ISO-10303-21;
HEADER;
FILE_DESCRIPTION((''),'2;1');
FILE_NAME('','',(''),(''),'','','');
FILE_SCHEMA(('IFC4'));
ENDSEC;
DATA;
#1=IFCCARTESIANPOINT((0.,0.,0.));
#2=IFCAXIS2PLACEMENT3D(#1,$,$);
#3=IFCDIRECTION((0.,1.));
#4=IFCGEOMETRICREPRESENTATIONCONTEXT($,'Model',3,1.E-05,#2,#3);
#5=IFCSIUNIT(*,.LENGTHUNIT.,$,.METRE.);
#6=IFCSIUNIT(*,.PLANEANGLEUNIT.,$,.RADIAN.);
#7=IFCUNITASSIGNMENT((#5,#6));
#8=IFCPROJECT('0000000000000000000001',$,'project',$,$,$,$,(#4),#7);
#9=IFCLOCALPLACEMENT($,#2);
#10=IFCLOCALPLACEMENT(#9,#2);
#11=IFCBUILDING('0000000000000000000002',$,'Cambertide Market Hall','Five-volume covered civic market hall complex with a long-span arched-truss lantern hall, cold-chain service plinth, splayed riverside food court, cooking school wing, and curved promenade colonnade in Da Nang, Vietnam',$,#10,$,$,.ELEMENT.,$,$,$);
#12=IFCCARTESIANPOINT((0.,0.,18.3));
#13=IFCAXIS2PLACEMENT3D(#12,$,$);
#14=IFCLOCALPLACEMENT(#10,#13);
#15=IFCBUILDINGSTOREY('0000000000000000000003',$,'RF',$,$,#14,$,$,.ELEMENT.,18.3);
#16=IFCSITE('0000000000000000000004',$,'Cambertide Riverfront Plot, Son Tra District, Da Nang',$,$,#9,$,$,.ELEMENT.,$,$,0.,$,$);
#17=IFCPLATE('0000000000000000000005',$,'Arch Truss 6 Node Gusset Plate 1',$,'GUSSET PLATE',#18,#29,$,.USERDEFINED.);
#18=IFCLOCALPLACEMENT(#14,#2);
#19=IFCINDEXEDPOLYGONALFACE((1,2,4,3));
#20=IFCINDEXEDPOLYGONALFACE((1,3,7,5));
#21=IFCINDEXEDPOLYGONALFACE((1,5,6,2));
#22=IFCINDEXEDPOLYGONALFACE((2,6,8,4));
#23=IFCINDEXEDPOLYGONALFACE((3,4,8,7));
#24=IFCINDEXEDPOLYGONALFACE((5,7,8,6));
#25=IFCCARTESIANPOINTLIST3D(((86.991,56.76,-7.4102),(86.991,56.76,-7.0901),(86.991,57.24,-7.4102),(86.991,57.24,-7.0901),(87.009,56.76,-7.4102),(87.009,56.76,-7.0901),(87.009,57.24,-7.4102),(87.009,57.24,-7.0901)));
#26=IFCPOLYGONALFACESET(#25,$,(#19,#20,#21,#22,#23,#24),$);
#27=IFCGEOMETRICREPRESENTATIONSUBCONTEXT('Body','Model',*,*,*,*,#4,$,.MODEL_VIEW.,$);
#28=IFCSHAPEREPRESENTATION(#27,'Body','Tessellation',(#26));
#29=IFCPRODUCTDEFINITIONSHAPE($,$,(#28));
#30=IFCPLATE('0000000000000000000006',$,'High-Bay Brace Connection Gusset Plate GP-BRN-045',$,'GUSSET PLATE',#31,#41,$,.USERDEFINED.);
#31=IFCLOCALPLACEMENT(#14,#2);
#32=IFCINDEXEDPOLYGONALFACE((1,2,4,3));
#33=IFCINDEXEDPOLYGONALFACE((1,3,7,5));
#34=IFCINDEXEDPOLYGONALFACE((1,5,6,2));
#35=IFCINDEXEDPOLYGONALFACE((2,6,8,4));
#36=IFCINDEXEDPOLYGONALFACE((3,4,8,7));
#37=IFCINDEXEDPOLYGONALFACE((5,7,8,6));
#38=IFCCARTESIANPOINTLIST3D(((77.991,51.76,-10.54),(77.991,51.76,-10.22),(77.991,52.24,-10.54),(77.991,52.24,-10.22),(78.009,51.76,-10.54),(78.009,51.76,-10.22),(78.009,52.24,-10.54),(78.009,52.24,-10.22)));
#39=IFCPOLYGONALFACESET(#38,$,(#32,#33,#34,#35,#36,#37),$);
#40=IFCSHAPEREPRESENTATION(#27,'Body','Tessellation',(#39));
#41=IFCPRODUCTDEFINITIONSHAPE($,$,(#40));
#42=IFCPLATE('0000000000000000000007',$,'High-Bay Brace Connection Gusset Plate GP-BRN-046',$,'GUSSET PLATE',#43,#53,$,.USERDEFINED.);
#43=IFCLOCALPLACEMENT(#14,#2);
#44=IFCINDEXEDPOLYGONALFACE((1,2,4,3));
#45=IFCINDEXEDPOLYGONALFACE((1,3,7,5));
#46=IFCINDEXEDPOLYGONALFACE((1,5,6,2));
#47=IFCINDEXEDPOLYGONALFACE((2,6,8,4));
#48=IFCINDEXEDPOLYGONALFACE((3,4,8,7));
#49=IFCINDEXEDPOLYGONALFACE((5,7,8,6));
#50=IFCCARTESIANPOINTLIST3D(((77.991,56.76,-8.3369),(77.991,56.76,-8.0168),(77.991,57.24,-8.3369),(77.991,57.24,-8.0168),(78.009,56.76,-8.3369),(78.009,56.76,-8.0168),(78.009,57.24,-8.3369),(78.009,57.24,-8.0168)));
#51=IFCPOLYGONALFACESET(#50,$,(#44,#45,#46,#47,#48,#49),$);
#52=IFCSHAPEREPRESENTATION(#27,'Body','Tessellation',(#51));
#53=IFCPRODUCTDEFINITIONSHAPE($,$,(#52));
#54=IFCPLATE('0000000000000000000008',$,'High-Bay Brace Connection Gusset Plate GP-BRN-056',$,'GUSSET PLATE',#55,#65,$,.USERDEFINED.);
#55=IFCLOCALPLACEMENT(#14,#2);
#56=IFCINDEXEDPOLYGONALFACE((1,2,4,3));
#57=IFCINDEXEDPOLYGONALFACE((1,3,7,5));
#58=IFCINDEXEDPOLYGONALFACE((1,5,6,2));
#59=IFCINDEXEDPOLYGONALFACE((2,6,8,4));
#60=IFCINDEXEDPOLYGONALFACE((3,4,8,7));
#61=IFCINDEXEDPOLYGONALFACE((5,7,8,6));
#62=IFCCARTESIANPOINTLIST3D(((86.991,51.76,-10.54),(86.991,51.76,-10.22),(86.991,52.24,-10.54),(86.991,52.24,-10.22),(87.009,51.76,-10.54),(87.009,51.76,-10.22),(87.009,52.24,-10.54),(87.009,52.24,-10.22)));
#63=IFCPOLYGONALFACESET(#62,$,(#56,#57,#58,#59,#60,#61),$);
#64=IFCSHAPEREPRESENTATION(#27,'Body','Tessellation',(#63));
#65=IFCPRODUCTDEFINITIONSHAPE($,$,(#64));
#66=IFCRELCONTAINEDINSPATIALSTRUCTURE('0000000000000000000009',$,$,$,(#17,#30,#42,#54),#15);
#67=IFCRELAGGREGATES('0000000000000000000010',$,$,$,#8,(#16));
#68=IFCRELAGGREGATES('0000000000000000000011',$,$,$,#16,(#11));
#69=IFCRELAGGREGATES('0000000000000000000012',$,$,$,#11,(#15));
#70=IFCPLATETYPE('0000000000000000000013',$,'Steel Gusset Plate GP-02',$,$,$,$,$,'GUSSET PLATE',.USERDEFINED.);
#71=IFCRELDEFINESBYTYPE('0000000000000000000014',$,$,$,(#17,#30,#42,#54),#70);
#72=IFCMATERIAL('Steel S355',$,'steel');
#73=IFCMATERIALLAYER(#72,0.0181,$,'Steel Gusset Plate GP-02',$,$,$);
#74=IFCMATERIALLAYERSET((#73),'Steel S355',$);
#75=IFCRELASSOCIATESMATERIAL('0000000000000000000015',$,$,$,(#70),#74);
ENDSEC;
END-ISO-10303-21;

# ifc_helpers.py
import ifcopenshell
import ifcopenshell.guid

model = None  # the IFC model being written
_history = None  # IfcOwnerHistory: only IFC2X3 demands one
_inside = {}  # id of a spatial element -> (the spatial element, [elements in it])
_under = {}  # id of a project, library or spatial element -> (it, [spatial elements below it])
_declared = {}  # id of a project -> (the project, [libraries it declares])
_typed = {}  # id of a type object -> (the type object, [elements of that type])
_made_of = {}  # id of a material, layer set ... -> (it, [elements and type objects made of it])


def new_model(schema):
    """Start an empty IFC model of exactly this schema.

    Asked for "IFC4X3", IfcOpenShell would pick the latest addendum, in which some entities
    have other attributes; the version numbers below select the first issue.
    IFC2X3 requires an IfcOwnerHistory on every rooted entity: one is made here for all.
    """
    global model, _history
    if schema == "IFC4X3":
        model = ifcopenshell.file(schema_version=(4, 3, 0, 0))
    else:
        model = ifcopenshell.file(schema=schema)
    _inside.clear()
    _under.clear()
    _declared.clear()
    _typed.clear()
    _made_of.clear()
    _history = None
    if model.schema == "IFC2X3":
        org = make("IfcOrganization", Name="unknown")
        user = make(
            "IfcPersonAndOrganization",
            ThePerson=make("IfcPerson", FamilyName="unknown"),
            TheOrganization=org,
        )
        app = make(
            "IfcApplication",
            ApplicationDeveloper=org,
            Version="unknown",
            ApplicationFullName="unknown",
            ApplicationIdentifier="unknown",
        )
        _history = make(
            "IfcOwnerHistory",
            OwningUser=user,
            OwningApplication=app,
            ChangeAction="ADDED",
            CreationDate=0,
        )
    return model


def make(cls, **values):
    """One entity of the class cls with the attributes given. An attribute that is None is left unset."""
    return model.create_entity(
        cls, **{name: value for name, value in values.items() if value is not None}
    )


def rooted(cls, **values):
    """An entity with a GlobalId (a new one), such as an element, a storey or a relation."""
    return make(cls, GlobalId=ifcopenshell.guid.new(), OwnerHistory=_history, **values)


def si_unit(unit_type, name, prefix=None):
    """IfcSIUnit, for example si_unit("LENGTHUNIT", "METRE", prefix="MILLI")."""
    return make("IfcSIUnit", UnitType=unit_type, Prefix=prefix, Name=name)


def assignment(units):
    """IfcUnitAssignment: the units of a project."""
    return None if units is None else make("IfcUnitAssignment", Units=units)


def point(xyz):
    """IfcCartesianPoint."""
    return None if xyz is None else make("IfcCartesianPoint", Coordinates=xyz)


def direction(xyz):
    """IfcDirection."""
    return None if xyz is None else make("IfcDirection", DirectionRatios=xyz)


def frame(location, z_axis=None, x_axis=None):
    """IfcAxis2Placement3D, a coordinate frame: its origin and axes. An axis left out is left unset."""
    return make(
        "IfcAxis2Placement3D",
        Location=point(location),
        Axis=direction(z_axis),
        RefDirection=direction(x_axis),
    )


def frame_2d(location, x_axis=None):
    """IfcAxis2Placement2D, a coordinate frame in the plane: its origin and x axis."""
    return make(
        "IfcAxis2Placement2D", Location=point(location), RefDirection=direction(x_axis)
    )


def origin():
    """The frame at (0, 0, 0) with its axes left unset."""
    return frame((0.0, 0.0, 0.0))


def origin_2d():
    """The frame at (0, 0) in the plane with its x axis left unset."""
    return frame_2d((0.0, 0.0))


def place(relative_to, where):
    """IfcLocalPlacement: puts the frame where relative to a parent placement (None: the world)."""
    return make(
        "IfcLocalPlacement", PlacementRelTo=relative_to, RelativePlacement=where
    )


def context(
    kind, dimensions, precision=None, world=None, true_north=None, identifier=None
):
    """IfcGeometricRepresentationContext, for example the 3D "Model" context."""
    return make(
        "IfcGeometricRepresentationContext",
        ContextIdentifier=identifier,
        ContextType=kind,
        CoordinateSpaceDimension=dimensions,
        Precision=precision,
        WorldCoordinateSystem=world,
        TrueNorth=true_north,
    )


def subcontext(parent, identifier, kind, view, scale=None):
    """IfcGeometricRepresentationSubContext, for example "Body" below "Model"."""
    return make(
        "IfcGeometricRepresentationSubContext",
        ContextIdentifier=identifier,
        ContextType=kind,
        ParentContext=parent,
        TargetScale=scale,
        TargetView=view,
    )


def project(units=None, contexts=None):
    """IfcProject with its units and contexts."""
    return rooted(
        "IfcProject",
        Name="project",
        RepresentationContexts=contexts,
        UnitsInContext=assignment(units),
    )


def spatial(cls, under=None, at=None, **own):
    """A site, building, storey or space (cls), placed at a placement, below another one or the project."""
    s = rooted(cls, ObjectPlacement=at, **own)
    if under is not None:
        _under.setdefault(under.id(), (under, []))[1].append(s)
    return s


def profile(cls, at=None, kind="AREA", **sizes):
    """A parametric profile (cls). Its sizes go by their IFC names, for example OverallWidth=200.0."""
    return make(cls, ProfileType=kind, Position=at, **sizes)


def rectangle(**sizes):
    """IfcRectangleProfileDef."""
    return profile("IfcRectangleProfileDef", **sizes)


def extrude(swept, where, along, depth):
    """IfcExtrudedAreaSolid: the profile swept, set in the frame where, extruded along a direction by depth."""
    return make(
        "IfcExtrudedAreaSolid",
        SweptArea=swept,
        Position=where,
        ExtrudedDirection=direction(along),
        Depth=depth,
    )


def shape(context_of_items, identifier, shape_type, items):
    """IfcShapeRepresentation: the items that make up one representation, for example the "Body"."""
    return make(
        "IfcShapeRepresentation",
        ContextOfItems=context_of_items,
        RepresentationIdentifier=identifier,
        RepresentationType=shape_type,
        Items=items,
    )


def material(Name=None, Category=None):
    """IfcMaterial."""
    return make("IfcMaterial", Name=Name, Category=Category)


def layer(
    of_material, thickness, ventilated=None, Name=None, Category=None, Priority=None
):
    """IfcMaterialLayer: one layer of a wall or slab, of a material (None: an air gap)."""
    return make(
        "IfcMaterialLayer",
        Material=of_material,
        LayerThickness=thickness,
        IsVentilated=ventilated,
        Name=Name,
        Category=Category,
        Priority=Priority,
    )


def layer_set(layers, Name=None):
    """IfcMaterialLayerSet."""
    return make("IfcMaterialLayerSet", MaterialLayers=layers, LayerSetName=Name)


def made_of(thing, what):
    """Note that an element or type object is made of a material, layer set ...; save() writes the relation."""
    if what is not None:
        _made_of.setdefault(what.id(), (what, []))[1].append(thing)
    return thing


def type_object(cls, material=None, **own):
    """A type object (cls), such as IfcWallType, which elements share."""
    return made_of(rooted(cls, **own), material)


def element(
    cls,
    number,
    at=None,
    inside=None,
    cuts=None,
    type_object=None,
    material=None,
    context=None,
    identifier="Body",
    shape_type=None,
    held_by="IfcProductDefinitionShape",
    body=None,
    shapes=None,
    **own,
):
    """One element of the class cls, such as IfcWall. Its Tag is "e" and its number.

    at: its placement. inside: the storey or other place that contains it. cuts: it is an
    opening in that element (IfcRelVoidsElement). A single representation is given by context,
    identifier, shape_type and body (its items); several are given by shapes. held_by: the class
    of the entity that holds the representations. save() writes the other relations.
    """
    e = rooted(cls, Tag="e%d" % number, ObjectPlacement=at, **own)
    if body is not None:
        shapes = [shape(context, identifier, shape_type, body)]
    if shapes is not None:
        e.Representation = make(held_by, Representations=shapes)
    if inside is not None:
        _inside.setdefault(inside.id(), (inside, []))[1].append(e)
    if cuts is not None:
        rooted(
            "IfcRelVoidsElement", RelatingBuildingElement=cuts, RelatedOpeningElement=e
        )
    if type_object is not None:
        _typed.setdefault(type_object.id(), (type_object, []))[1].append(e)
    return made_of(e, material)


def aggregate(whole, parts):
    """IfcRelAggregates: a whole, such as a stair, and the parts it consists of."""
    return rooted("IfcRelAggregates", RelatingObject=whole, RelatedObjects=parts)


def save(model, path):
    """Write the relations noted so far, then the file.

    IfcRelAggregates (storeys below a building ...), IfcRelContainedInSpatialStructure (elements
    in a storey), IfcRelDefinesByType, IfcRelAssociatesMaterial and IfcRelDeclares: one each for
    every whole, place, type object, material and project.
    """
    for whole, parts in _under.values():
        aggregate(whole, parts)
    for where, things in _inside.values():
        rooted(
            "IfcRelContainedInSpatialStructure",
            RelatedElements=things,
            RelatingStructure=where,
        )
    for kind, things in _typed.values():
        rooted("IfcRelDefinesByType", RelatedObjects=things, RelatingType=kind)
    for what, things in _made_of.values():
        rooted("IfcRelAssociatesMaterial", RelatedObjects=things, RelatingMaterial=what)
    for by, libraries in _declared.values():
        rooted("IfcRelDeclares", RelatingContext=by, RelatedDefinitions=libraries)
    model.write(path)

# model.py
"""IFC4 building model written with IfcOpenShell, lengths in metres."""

from ifc_helpers import new_model, si_unit, direction, frame, origin, origin_2d, place, context, subcontext, project, spatial, rectangle, extrude, material, layer, layer_set, type_object, element, save


model = new_model("IFC4")

# Units and contexts
model_context = context("Model", 3, precision=1e-05, world=origin(), true_north=direction((0.0, 1.0)))
body_context = subcontext(model_context, "Body", "Model", "MODEL_VIEW")
ifc_project = project(units=[si_unit("LENGTHUNIT", "METRE"), si_unit("PLANEANGLEUNIT", "RADIAN")], contexts=[model_context])

# Site, building, storey
site_placement = place(None, origin())
site = spatial("IfcSite", under=ifc_project, at=site_placement, Name="Cambertide Riverfront Plot, Son Tra District, Da Nang", CompositionType="ELEMENT", RefElevation=0.0)
building_placement = place(site_placement, origin())
building = spatial("IfcBuilding", under=site, at=building_placement, Name="Cambertide Market Hall", Description="Five-volume covered civic market hall complex with a long-span arched-truss lantern hall, cold-chain service plinth, splayed riverside food court, cooking school wing, and curved promenade colonnade in Da Nang, Vietnam", CompositionType="ELEMENT")
storey_placement = place(building_placement, frame((0.0, 0.0, 18.3)))
storey = spatial("IfcBuildingStorey", under=building, at=storey_placement, Name="RF", CompositionType="ELEMENT", Elevation=18.3)

# Plates
ifc_material_1 = material(Name="Steel S355", Category="steel")
ifc_layer_1 = layer(ifc_material_1, 0.0181, Name="Steel Gusset Plate GP-02")
ifc_layer_set_1 = layer_set([ifc_layer_1], Name="Steel S355")
plate_type_1 = type_object("IfcPlateType", Name="Steel Gusset Plate GP-02", ElementType="GUSSET PLATE", PredefinedType="USERDEFINED", material=ifc_layer_set_1)
for number, where, z_axis, x_axis, name in (
    (1, (87.0, 57.0, -7.4102), (0.0, 0.0, 1.0), (1.0, 0.0, 0.0), "Arch Truss 6 Node Gusset Plate 1"),
):
    element("IfcPlate", number, at=place(storey_placement, frame(where, z_axis=z_axis, x_axis=x_axis)), inside=storey, type_object=plate_type_1, Name=name, ObjectType="GUSSET PLATE", PredefinedType="USERDEFINED", context=body_context, shape_type="SweptSolid", body=[
        extrude(rectangle(XDim=0.0181, YDim=0.48, at=origin_2d()), origin(), (0.0, 0.0, 1.0), 0.3201),
    ])
for number, where, z_axis, x_axis, name in (
    (2, (78.0, 52.0, -10.54), (0.0, 0.0, 1.0), (0.0, 1.0, 0.0), "High-Bay Brace Connection Gusset Plate GP-BRN-045"),
    (3, (78.0, 57.0, -8.3369), (0.0, 0.0, 1.0), (0.0, 1.0, 0.0), "High-Bay Brace Connection Gusset Plate GP-BRN-046"),
    (4, (87.0, 52.0, -10.54), (0.0, 0.0, 1.0), (0.0, 1.0, 0.0), "High-Bay Brace Connection Gusset Plate GP-BRN-056"),
):
    element("IfcPlate", number, at=place(storey_placement, frame(where, z_axis=z_axis, x_axis=x_axis)), inside=storey, type_object=plate_type_1, Name=name, ObjectType="GUSSET PLATE", PredefinedType="USERDEFINED", context=body_context, shape_type="SweptSolid", body=[
        extrude(rectangle(XDim=0.48, YDim=0.0181, at=origin_2d()), origin(), (0.0, 0.0, 1.0), 0.3201),
    ])

save(model, "model.ifc")
